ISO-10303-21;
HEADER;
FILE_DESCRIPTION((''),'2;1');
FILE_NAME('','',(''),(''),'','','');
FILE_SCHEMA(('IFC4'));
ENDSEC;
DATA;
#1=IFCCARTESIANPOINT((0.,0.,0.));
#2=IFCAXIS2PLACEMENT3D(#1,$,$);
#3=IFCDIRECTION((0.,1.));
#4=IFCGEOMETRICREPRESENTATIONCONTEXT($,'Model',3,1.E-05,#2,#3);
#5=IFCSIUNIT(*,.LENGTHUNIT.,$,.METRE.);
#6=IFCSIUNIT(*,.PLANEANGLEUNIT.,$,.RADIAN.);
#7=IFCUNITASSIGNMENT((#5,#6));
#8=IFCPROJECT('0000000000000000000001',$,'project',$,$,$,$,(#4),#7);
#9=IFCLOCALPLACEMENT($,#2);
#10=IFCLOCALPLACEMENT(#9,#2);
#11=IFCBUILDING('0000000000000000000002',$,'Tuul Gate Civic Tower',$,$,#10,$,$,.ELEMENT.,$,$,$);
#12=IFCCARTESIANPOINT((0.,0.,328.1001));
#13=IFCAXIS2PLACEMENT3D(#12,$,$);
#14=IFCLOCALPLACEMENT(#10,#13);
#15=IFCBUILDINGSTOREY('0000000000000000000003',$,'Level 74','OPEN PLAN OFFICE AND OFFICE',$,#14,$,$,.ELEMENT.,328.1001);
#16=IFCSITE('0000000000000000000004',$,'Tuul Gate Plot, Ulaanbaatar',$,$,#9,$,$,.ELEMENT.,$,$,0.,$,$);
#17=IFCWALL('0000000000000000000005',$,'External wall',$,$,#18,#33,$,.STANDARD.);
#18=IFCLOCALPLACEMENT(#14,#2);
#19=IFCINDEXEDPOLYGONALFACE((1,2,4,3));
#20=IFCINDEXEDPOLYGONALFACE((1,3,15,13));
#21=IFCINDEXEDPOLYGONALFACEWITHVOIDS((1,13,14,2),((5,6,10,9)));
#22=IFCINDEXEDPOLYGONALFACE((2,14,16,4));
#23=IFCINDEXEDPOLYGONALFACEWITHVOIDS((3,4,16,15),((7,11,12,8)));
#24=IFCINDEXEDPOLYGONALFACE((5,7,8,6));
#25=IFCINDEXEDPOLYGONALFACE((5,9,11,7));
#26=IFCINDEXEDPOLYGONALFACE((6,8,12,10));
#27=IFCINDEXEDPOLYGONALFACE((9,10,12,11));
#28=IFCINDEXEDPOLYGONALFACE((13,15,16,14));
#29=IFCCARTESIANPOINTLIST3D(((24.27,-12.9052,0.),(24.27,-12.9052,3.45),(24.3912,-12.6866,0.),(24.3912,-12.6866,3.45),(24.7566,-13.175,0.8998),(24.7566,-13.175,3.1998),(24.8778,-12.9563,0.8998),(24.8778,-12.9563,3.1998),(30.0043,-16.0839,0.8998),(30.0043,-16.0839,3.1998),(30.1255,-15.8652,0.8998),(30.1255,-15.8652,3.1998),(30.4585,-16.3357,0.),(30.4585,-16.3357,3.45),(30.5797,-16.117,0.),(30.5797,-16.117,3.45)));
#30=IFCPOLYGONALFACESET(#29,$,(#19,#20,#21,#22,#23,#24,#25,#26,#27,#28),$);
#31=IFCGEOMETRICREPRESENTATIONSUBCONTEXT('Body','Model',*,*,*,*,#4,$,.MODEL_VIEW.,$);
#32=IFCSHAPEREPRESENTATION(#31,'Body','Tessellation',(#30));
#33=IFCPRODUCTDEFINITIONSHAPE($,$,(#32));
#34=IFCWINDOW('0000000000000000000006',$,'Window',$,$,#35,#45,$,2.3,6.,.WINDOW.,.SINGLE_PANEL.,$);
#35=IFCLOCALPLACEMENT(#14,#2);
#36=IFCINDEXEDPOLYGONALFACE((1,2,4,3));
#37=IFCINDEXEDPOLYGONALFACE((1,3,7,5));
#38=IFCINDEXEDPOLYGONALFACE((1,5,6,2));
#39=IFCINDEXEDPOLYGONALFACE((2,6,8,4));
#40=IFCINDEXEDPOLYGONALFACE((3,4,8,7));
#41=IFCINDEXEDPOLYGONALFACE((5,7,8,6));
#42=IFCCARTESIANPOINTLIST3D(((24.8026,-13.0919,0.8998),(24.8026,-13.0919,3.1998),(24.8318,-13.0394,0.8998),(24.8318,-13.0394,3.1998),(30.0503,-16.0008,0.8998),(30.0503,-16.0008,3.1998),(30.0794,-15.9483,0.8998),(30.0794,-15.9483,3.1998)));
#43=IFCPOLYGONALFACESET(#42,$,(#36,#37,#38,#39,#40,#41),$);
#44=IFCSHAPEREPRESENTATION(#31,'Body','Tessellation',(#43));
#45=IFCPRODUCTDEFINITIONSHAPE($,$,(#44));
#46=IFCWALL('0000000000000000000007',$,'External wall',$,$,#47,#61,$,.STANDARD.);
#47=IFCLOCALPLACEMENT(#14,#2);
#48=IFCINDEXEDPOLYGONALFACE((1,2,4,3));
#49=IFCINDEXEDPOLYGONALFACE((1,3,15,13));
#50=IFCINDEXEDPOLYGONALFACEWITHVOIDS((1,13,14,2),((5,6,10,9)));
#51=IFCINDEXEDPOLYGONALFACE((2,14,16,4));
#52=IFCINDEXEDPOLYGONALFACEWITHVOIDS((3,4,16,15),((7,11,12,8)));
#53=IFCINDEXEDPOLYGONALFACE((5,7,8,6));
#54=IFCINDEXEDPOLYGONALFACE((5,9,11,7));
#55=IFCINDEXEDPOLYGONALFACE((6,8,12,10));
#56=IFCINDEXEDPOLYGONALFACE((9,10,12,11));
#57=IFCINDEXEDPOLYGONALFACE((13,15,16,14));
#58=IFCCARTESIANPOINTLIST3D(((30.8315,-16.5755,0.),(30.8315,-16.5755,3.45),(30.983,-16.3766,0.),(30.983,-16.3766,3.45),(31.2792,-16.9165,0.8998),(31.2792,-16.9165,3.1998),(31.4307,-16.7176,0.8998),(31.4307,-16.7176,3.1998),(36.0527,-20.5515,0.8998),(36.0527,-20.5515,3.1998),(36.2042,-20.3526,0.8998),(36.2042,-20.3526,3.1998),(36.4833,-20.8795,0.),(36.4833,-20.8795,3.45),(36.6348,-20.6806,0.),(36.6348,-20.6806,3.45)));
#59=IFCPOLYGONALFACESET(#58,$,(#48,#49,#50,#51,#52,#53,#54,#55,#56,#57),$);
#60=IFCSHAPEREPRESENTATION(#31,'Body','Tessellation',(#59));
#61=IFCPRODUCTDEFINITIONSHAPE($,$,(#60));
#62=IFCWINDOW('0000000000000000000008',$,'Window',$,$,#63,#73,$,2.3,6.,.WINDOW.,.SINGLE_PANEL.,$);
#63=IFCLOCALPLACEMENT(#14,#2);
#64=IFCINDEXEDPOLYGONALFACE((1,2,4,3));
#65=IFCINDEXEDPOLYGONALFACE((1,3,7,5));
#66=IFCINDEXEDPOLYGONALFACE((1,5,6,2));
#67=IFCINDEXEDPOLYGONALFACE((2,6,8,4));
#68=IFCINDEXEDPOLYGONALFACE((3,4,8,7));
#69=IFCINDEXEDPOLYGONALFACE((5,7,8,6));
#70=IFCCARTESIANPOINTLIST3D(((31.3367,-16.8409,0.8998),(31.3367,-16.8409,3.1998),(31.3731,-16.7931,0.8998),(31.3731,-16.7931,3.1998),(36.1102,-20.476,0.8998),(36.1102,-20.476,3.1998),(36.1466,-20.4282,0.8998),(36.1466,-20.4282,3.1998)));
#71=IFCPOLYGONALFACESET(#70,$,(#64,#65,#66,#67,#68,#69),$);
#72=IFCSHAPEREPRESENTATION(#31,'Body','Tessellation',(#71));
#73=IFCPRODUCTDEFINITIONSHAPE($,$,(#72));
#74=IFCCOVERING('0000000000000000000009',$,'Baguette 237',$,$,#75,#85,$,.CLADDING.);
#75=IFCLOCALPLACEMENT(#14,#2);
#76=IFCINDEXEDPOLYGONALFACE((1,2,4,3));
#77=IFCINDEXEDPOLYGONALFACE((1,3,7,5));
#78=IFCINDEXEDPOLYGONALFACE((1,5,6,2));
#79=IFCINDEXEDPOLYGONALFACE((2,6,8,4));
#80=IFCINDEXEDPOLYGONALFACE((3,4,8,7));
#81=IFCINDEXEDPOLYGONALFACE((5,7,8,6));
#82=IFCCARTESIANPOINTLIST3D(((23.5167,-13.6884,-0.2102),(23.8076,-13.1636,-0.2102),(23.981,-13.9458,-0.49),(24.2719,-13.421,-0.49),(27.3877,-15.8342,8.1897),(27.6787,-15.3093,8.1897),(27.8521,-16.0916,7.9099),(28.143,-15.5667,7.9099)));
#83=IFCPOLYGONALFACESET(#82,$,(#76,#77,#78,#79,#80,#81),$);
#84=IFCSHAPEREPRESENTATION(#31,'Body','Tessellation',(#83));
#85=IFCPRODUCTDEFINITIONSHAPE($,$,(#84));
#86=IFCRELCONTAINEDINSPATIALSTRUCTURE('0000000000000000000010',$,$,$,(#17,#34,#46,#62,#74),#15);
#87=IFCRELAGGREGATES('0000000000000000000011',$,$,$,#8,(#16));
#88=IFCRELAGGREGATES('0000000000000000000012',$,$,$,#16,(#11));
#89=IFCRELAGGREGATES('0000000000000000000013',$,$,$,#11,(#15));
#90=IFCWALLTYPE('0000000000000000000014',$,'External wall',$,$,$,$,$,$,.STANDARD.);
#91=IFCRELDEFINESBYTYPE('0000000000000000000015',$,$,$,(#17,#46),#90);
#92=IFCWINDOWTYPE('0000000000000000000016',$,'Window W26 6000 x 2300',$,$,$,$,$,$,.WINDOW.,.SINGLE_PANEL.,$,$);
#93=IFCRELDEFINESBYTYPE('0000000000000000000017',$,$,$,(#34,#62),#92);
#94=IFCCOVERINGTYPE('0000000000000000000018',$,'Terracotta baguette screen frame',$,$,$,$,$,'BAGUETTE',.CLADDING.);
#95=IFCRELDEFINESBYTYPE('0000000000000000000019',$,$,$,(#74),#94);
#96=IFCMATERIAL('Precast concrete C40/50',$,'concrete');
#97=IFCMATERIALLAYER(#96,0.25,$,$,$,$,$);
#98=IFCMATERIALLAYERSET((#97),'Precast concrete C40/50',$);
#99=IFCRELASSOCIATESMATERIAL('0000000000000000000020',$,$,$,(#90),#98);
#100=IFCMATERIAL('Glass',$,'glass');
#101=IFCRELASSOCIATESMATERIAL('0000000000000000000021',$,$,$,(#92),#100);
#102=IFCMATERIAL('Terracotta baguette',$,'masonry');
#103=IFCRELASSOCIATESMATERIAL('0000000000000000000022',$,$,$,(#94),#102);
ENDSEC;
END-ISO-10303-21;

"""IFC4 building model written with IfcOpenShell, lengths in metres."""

from ifc_helpers import new_model, si_unit, direction, frame, frame_2d, origin, origin_2d, place, context, subcontext, project, spatial, rectangle, extrude, material, layer, layer_set, material_profile, profile_set, type_object, element, fill, save


model = new_model("IFC4")

# Units and contexts
model_context = context("Model", 3, precision=1e-05, world=origin(), true_north=direction((0.0, 1.0)))
body_context = subcontext(model_context, "Body", "Model", "MODEL_VIEW")
ifc_project = project(units=[si_unit("LENGTHUNIT", "METRE"), si_unit("PLANEANGLEUNIT", "RADIAN")], contexts=[model_context])

# Site, building, storey
site_placement = place(None, origin())
site = spatial("IfcSite", under=ifc_project, at=site_placement, Name="Tuul Gate Plot, Ulaanbaatar", CompositionType="ELEMENT", RefElevation=0.0)
building_placement = place(site_placement, origin())
building = spatial("IfcBuilding", under=site, at=building_placement, Name="Tuul Gate Civic Tower", CompositionType="ELEMENT")
storey_placement = place(building_placement, frame((0.0, 0.0, 328.1001)))
storey = spatial("IfcBuildingStorey", under=building, at=storey_placement, Name="Level 74", Description="OPEN PLAN OFFICE AND OFFICE", CompositionType="ELEMENT", Elevation=328.1001)

# Walls, openings, windows
ifc_material_1 = material(Name="Precast concrete C40/50", Category="concrete")
ifc_layer_1 = layer(ifc_material_1, 0.25)
ifc_layer_set_1 = layer_set([ifc_layer_1], Name="Precast concrete C40/50")
wall_type_1 = type_object("IfcWallType", Name="External wall", PredefinedType="STANDARD", material=ifc_layer_set_1)
wall_1_placement = place(storey_placement, frame((24.3306, -12.7959, 0.0), z_axis=(0.0, 0.0, 1.0), x_axis=(0.874614, -0.484819, 0.0)))
wall_1 = element("IfcWall", 1, at=wall_1_placement, inside=storey, type_object=wall_type_1, Name="External wall", PredefinedType="STANDARD", context=body_context, shape_type="SweptSolid", body=[
    extrude(rectangle(XDim=7.0757, YDim=0.25, at=frame_2d((3.5378, 0.0))), origin(), (0.0, 0.0, 1.0), 3.45),
])
opening_1_placement = place(wall_1_placement, frame((0.5564, 0.0, 0.8999)))
opening_1 = element("IfcOpeningElement", 2, at=opening_1_placement, cuts=wall_1, PredefinedType="OPENING", context=body_context, shape_type="SweptSolid", body=[
    extrude(rectangle(XDim=6.0, YDim=2.3, at=frame_2d((3.0, 1.1499))), frame((0.0, 0.135, 0.0), z_axis=(0.0, -1.0, 0.0), x_axis=(1.0, 0.0, 0.0)), (0.0, 0.0, 1.0), 0.27),
])
ifc_material_2 = material(Name="Glass", Category="glass")
window_type = type_object("IfcWindowType", Name="Window W26 6000 x 2300", PartitioningType="SINGLE_PANEL", PredefinedType="WINDOW", material=ifc_material_2)
window_1_placement = place(opening_1_placement, origin())
window_1 = element("IfcWindow", 3, at=window_1_placement, inside=storey, type_object=window_type, Name="Window", OverallHeight=2.3, OverallWidth=6.0, PartitioningType="SINGLE_PANEL", PredefinedType="WINDOW", context=body_context, shape_type="SweptSolid", body=[
    extrude(rectangle(XDim=6.0, YDim=2.3, at=frame_2d((3.0, 1.1499))), frame((0.0, 0.03, 0.0), z_axis=(0.0, -1.0, 0.0), x_axis=(1.0, 0.0, 0.0)), (0.0, 0.0, 1.0), 0.0601),
])
fill(opening_1, window_1)
wall_2_placement = place(storey_placement, frame((30.9072, -16.4761, 0.0), z_axis=(0.0, 0.0, 1.0), x_axis=(0.795582, -0.605845, 0.0)))
wall_2 = element("IfcWall", 4, at=wall_2_placement, inside=storey, type_object=wall_type_1, Name="External wall", PredefinedType="STANDARD", context=body_context, shape_type="SweptSolid", body=[
    extrude(rectangle(XDim=7.104, YDim=0.25, at=frame_2d((3.552, 0.0))), origin(), (0.0, 0.0, 1.0), 3.45),
])
opening_2_placement = place(wall_2_placement, frame((0.5627, 0.0, 0.8999)))
opening_2 = element("IfcOpeningElement", 5, at=opening_2_placement, cuts=wall_2, PredefinedType="OPENING", context=body_context, shape_type="SweptSolid", body=[
    extrude(rectangle(XDim=6.0, YDim=2.3, at=frame_2d((3.0, 1.1499))), frame((0.0, 0.135, 0.0), z_axis=(0.0, -1.0, 0.0), x_axis=(1.0, 0.0, 0.0)), (0.0, 0.0, 1.0), 0.27),
])
window_2_placement = place(opening_2_placement, origin())
window_2 = element("IfcWindow", 6, at=window_2_placement, inside=storey, type_object=window_type, Name="Window", OverallHeight=2.3, OverallWidth=6.0, PartitioningType="SINGLE_PANEL", PredefinedType="WINDOW", context=body_context, shape_type="SweptSolid", body=[
    extrude(rectangle(XDim=6.0, YDim=2.3, at=frame_2d((3.0, 1.1499))), frame((0.0, 0.03, 0.0), z_axis=(0.0, -1.0, 0.0), x_axis=(1.0, 0.0, 0.0)), (0.0, 0.0, 1.0), 0.0601),
])
fill(opening_2, window_2)

# Covering
ifc_material_3 = material(Name="Terracotta baguette", Category="masonry")
ifc_material_profile_1 = material_profile(ifc_material_3, rectangle(XDim=0.6001, YDim=0.6001, at=origin_2d()), Name="Terracotta baguette screen frame")
ifc_profile_set_1 = profile_set([ifc_material_profile_1], Name="Terracotta baguette")
covering_type = type_object("IfcCoveringType", Name="Terracotta baguette screen frame", ElementType="BAGUETTE", PredefinedType="CLADDING", material=ifc_profile_set_1)
covering_placement = place(storey_placement, frame((23.8943, -13.5547, -0.3501), z_axis=(0.407714, -0.225996, 0.8847), x_axis=(0.484804, 0.874623, 0.0)))
element("IfcCovering", 7, at=covering_placement, inside=storey, type_object=covering_type, Name="Baguette 237", PredefinedType="CLADDING", context=body_context, shape_type="SweptSolid", body=[
    extrude(rectangle(XDim=0.6001, YDim=0.6001, at=origin_2d()), origin(), (0.0, 0.0, 1.0), 9.4946),
])

save(model, "model.ifc")
